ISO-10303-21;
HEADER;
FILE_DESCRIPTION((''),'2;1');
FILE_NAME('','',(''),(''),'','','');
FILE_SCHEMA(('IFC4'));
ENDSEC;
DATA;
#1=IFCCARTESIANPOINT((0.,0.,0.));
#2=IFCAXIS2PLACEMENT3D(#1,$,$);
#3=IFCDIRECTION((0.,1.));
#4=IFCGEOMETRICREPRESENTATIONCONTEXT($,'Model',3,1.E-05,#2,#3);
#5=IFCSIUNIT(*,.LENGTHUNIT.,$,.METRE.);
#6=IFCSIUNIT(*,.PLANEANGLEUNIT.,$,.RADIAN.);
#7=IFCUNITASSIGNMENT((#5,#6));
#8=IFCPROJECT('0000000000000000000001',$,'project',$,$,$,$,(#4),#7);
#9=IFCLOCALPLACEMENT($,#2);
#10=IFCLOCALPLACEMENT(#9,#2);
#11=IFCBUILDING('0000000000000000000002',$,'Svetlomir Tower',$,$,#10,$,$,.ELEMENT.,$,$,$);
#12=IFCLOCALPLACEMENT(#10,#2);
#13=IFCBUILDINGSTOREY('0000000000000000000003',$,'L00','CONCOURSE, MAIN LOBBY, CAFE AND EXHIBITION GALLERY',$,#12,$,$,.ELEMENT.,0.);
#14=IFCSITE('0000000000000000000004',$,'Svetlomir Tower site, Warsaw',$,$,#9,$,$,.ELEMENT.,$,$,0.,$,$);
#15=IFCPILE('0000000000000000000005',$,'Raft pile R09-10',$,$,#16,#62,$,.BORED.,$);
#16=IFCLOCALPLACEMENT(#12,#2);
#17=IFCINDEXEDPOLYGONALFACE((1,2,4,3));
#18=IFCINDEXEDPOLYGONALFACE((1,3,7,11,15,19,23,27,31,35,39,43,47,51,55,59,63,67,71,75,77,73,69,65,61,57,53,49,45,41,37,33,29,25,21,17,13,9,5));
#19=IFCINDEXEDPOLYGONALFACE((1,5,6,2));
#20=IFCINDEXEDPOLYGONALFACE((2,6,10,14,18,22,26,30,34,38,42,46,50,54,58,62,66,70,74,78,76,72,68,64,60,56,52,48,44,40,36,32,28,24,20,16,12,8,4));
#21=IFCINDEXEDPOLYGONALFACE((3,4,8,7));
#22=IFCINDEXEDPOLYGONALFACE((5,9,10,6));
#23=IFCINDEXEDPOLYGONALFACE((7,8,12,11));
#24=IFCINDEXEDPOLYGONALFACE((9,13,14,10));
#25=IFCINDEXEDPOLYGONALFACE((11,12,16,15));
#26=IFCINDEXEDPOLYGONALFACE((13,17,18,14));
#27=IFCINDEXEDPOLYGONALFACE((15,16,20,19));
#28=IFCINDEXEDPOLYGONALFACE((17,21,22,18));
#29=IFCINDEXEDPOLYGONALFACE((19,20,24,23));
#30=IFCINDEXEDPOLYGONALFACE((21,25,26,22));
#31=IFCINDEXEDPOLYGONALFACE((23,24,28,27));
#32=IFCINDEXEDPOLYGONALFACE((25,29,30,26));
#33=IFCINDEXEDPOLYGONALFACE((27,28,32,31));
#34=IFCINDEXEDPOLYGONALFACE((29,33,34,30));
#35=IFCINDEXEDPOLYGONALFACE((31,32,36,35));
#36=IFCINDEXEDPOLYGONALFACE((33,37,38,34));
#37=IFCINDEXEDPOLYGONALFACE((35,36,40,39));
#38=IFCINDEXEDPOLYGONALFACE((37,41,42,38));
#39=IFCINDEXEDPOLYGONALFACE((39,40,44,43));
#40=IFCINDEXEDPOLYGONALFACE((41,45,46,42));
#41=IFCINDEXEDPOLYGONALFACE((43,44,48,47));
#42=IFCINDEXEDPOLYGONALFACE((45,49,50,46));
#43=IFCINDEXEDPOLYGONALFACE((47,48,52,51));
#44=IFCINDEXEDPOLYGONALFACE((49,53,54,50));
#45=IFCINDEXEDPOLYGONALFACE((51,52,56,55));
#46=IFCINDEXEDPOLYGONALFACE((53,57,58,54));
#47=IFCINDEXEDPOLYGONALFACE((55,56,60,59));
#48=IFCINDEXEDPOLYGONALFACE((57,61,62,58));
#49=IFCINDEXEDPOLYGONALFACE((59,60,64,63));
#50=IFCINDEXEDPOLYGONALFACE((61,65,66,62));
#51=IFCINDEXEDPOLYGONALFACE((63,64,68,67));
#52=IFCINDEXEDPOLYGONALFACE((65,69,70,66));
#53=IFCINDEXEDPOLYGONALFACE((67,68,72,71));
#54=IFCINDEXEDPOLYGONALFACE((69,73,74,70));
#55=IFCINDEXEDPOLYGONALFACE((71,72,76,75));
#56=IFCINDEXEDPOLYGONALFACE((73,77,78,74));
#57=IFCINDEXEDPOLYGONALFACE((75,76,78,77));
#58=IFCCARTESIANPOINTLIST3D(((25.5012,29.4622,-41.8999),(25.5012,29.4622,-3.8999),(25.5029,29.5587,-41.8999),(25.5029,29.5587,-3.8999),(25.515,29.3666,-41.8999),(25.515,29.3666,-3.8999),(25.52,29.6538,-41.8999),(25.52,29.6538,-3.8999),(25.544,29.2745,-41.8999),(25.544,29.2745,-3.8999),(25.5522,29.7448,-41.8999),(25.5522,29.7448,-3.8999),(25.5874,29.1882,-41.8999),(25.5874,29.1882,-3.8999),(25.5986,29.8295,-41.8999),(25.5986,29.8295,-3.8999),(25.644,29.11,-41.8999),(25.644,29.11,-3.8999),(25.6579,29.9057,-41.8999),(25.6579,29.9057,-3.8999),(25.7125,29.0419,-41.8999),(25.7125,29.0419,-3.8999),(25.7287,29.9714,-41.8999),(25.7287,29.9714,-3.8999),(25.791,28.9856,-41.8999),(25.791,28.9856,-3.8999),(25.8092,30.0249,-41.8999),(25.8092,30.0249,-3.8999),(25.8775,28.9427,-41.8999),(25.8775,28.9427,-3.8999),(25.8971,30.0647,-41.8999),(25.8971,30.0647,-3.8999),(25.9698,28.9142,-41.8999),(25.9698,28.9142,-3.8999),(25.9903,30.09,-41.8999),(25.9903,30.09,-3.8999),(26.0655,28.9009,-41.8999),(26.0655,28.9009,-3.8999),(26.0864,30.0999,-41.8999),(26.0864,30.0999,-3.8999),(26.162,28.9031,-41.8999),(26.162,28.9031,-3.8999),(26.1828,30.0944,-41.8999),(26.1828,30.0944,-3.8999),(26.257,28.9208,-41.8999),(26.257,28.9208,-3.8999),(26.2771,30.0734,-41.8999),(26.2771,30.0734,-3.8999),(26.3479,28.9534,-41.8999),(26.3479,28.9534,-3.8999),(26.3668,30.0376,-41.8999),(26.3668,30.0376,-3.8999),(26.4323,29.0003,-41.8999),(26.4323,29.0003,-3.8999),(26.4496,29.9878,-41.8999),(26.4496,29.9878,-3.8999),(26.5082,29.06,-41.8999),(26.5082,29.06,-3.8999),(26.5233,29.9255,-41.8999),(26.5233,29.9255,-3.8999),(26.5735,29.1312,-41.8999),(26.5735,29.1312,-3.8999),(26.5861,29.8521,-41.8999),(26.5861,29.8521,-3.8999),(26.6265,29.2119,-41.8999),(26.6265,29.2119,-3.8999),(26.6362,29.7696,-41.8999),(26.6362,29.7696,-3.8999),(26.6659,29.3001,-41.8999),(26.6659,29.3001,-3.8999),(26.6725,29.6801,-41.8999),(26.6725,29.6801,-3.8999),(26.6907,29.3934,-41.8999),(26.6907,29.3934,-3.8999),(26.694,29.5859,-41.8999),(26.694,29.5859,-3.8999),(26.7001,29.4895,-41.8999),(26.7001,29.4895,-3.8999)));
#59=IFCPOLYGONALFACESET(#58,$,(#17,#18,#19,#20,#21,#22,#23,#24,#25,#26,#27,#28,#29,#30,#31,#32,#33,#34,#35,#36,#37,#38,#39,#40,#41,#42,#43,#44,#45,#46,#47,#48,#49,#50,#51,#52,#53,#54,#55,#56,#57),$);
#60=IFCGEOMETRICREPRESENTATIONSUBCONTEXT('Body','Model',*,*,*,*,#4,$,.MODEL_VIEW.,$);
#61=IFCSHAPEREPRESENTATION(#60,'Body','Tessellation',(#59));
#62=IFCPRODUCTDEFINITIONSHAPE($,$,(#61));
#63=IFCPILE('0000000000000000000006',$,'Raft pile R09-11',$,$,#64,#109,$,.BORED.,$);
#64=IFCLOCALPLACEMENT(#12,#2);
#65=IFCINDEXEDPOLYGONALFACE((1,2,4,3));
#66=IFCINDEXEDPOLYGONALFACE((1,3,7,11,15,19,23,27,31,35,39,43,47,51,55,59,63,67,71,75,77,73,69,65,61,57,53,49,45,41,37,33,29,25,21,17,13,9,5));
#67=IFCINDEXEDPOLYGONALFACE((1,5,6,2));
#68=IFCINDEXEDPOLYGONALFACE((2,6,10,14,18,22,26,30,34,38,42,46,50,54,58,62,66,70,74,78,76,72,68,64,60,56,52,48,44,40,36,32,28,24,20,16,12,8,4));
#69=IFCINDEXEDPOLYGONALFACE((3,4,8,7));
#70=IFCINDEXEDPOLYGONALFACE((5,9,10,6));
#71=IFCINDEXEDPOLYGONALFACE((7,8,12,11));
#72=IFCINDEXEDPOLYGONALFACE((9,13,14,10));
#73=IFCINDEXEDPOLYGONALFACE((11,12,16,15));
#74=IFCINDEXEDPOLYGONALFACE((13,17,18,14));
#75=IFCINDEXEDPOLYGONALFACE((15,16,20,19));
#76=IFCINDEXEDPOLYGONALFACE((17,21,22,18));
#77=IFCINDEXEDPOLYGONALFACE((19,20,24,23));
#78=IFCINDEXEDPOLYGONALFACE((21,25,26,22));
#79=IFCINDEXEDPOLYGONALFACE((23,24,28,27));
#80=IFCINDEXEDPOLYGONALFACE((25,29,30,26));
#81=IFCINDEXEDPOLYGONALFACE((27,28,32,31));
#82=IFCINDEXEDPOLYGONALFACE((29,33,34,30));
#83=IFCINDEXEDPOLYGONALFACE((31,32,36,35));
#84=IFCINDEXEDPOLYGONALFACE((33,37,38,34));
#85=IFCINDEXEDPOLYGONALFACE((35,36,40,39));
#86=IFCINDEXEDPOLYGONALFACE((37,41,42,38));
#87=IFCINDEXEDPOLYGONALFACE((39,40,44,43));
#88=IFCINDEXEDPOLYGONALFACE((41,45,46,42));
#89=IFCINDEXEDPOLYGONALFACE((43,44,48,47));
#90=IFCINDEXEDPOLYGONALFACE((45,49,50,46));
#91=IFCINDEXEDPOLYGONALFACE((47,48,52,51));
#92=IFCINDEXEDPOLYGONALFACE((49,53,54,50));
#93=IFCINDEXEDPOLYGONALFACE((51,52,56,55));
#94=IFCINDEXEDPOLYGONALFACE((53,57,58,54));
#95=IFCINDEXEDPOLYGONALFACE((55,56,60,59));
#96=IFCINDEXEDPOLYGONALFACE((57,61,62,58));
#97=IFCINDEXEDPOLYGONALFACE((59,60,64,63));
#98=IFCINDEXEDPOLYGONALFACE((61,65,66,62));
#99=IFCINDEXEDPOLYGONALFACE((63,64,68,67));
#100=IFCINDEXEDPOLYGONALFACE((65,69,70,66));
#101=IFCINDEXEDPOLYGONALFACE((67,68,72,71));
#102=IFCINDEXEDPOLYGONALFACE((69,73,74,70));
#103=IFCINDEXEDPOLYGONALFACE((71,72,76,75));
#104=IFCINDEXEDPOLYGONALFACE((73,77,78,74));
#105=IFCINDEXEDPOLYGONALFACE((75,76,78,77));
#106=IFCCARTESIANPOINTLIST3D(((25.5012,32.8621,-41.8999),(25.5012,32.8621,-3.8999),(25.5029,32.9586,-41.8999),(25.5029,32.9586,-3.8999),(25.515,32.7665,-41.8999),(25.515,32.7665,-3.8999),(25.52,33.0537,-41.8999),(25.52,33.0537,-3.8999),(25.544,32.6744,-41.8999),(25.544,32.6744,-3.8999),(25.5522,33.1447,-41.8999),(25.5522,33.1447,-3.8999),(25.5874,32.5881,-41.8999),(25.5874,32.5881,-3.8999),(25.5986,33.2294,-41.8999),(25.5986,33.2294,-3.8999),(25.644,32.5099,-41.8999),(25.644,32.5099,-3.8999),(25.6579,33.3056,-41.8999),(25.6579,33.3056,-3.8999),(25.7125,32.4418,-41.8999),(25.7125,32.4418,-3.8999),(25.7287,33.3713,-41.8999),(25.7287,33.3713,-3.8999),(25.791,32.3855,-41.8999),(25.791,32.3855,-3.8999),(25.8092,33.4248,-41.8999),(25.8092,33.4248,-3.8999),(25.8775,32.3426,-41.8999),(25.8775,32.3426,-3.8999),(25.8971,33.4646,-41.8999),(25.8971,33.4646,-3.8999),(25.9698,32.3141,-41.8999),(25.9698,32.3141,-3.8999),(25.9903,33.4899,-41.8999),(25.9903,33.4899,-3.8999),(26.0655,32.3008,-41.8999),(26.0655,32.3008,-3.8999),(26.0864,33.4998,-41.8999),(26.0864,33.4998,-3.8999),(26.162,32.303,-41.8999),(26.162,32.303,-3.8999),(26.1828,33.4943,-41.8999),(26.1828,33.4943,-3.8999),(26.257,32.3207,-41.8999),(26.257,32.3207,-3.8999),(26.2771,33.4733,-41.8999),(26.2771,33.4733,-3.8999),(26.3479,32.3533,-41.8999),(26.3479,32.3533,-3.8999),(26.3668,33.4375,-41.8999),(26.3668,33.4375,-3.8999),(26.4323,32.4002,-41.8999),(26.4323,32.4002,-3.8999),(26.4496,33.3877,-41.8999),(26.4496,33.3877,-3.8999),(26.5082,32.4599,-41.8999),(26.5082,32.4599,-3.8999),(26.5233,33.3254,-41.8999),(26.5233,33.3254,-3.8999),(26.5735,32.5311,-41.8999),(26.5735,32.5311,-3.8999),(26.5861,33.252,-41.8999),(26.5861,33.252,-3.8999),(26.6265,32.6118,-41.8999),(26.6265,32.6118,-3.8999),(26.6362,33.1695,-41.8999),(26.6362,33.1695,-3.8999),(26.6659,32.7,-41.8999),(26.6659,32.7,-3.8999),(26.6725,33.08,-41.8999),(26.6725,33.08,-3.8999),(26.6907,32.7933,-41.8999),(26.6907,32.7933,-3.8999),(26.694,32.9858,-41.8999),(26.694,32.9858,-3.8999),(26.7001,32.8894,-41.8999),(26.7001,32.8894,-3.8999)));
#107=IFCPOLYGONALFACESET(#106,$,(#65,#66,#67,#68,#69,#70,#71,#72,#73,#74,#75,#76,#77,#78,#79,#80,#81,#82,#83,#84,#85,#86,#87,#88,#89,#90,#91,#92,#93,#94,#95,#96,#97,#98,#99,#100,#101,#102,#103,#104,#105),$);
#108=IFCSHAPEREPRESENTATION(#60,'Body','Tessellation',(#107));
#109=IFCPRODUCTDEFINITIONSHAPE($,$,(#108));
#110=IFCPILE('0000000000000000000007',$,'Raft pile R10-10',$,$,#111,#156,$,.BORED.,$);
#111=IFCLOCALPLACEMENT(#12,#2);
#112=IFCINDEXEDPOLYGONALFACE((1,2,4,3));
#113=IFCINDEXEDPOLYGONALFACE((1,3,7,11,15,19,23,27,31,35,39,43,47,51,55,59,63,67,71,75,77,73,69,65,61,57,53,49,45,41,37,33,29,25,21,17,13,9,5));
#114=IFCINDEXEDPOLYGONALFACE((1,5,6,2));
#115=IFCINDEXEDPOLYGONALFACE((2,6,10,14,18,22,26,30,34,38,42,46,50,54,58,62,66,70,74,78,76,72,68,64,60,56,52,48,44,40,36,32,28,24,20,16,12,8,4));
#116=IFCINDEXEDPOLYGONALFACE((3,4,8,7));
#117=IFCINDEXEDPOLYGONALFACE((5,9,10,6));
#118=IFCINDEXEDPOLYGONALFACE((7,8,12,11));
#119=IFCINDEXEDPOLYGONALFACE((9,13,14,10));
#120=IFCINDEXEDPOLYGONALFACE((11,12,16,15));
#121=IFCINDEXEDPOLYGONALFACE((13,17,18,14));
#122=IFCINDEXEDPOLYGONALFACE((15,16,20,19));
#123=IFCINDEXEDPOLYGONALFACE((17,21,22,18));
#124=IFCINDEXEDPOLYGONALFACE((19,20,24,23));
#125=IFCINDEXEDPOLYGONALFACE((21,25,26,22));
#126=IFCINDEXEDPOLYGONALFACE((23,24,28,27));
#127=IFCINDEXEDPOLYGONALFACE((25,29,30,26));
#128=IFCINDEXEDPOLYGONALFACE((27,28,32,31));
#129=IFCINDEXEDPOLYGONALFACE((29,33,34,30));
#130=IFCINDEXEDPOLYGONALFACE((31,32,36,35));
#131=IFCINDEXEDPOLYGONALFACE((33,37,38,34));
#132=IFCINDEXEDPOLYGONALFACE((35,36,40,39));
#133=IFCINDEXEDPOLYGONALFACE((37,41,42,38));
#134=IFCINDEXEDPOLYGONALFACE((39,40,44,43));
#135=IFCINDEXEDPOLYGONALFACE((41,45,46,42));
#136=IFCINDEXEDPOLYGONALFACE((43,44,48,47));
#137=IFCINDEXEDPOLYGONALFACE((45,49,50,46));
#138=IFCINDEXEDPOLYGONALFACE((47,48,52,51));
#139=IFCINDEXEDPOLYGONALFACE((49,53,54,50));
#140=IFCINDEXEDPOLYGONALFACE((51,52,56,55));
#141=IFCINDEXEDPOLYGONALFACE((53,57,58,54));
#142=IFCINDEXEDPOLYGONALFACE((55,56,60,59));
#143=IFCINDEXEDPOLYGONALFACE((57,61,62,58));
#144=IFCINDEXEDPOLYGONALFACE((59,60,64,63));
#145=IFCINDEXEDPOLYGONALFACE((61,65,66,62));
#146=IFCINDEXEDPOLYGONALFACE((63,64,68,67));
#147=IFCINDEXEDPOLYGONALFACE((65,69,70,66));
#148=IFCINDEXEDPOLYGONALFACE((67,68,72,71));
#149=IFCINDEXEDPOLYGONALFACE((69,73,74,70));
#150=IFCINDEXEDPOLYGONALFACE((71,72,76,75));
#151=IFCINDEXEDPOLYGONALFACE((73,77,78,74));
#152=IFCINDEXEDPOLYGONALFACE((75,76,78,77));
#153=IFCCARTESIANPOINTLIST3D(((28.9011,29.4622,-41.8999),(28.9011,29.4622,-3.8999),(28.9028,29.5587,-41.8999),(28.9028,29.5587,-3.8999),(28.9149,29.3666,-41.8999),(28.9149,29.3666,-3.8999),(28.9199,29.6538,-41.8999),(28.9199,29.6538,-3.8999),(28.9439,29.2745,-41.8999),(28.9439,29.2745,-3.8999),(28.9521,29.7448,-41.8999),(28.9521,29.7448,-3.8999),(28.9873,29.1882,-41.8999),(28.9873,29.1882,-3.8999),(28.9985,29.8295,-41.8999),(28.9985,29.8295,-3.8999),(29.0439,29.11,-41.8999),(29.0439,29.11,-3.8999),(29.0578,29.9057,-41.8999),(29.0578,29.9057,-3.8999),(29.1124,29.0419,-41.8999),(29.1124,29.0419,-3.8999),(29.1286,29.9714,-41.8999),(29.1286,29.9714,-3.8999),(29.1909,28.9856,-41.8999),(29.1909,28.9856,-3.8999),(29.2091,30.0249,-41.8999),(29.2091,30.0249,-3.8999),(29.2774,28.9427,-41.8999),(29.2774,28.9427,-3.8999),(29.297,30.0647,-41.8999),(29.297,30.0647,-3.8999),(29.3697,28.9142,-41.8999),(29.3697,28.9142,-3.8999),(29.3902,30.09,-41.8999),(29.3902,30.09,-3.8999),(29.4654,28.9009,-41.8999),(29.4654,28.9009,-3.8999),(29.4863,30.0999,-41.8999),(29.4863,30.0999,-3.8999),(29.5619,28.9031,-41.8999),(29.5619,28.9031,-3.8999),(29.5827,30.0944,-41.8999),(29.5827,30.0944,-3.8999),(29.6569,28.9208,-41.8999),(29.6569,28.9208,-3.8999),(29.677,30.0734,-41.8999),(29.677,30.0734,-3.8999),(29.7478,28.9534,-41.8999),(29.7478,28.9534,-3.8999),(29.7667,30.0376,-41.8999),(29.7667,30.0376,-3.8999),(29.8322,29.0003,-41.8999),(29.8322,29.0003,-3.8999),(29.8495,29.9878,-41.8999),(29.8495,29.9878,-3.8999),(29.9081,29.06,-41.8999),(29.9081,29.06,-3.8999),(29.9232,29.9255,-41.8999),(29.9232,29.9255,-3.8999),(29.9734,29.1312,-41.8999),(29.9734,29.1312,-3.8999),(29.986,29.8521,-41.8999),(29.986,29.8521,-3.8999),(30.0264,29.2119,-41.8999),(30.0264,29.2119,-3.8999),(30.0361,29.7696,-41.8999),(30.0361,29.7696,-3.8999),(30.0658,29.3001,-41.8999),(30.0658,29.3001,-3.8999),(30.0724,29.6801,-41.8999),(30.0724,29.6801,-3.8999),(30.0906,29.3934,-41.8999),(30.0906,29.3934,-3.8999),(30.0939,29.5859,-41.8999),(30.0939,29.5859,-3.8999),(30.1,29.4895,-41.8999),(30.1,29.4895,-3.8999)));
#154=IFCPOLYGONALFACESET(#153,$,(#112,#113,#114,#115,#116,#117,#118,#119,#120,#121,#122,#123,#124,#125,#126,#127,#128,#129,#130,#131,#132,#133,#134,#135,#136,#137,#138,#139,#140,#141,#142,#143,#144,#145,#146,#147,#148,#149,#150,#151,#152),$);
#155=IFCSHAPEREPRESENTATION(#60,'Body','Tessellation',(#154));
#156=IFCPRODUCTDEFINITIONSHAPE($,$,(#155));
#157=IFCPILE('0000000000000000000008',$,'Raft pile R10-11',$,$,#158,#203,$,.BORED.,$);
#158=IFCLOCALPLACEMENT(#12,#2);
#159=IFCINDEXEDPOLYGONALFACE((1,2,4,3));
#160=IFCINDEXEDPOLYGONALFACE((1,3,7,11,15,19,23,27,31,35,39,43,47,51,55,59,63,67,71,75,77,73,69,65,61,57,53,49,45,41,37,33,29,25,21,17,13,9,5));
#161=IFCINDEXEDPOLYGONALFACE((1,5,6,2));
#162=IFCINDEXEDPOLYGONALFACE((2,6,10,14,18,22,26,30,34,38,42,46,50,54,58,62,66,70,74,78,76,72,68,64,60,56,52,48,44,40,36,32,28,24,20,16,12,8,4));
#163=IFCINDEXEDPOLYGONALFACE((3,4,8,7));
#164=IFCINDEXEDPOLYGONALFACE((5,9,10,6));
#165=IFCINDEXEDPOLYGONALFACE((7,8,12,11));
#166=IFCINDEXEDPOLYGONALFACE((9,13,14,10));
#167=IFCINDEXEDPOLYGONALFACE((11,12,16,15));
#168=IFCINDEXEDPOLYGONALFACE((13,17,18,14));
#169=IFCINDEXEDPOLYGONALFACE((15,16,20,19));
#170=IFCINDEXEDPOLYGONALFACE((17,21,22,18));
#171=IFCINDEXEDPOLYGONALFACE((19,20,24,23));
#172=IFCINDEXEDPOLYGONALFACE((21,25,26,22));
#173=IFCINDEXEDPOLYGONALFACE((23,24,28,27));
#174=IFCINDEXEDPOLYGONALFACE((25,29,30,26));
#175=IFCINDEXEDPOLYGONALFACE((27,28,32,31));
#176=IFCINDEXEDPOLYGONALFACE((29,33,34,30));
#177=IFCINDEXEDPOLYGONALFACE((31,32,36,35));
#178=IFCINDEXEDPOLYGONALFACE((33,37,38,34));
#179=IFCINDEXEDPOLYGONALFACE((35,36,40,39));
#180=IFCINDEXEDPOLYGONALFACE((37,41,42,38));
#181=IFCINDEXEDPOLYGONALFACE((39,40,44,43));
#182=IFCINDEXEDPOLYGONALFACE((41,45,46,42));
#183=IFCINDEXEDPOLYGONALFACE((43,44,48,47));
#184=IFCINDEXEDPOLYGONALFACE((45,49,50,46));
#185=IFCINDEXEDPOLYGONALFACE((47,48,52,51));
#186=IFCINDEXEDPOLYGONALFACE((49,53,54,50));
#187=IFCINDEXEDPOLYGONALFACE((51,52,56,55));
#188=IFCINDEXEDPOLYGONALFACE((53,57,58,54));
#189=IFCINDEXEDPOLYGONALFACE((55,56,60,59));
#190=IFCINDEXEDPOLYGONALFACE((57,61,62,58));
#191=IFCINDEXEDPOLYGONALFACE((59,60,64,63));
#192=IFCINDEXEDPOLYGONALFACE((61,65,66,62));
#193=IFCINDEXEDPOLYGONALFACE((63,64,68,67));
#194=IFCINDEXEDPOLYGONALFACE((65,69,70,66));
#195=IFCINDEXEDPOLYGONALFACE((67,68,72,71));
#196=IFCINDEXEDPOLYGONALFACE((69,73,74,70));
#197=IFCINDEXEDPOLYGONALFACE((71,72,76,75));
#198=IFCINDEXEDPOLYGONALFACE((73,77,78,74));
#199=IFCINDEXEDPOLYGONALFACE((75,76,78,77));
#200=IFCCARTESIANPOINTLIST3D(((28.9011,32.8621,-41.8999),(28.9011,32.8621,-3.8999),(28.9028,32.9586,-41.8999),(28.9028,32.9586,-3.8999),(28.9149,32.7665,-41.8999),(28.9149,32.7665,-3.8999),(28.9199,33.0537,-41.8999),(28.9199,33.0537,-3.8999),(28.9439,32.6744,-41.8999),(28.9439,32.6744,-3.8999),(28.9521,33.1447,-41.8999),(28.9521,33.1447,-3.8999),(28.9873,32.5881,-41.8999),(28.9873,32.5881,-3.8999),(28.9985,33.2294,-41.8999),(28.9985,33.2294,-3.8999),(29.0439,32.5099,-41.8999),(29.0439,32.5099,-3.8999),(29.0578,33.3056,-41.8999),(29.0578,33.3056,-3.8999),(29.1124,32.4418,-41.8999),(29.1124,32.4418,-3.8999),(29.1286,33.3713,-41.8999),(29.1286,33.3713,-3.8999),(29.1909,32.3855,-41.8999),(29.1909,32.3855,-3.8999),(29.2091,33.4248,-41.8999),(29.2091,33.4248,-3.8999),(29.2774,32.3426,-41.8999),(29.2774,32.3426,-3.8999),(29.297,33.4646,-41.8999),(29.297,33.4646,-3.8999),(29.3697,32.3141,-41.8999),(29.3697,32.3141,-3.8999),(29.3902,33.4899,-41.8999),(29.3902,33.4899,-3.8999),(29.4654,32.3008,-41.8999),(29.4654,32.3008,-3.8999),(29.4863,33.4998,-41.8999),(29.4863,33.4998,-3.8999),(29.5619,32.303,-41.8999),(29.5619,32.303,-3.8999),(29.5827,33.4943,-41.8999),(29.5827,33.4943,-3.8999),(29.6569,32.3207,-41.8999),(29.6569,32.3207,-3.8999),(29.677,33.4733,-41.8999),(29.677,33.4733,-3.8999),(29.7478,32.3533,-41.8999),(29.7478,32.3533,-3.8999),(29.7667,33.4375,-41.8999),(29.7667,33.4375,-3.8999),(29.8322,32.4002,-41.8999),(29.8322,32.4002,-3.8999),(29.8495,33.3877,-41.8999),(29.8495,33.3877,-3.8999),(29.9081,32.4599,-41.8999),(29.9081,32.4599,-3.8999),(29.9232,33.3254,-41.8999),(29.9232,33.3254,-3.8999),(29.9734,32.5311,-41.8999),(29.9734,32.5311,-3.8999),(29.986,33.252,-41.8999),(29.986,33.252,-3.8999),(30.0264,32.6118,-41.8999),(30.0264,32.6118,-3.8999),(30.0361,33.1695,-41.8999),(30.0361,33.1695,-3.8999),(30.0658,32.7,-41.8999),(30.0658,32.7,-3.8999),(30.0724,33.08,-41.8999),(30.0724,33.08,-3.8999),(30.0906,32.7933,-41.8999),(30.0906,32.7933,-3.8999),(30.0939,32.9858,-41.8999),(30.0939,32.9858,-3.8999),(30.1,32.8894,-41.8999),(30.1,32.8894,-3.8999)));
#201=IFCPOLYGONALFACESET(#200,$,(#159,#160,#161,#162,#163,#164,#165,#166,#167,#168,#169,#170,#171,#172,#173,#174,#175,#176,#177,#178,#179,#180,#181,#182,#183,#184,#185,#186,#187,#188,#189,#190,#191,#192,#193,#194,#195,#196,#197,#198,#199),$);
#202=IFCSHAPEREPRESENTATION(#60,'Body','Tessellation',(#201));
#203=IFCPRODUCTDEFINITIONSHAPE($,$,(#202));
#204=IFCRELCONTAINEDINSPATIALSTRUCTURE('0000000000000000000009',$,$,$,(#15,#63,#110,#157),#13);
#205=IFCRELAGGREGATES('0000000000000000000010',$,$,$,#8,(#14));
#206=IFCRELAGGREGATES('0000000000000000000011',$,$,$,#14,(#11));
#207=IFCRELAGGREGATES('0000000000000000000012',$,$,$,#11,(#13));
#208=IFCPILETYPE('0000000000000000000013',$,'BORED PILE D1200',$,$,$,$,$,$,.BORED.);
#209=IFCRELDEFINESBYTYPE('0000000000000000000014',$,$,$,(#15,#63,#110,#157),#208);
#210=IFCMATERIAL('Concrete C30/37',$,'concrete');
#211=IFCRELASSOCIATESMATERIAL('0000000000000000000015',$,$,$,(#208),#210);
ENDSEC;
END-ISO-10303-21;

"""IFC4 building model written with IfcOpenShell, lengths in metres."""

from ifc_helpers import new_model, si_unit, direction, frame, frame_2d, origin, origin_2d, place, context, subcontext, project, spatial, circle, extrude, material, material_profile, profile_set, type_object, element, save


model = new_model("IFC4")

# Units and contexts
model_context = context("Model", 3, precision=1e-05, world=origin(), true_north=direction((0.0, 1.0)))
body_context = subcontext(model_context, "Body", "Model", "MODEL_VIEW")
ifc_project = project(units=[si_unit("LENGTHUNIT", "METRE"), si_unit("PLANEANGLEUNIT", "RADIAN")], contexts=[model_context])

# Site, building, storey
site_placement = place(None, origin())
site = spatial("IfcSite", under=ifc_project, at=site_placement, Name="Svetlomir Tower site, Warsaw", CompositionType="ELEMENT", RefElevation=0.0)
building_placement = place(site_placement, origin())
building = spatial("IfcBuilding", under=site, at=building_placement, Name="Svetlomir Tower", CompositionType="ELEMENT")
storey_placement = place(building_placement, origin())
storey = spatial("IfcBuildingStorey", under=building, at=storey_placement, Name="L00", Description="CONCOURSE, MAIN LOBBY, CAFE AND EXHIBITION GALLERY", CompositionType="ELEMENT", Elevation=0.0)

# Piles
ifc_material_1 = material(Name="Concrete C30/37", Category="concrete")
ifc_material_profile = material_profile(ifc_material_1, circle(Radius=0.6001, at=origin_2d()), Name="D1200")
ifc_profile_set = profile_set([ifc_material_profile], Name="Concrete C30/37")
pile_type = type_object("IfcPileType", Name="BORED PILE D1200", PredefinedType="BORED", material=ifc_profile_set)
for number, where, z_axis, x_axis, name in (
    (1, (26.1001, 29.5, -3.8999), (0.0, 0.0, -1.0), (1.0, 0.0, 0.0), "Raft pile R09-10"),
    (2, (26.1001, 32.8999, -3.8999), (0.0, 0.0, -1.0), (1.0, 0.0, 0.0), "Raft pile R09-11"),
    (3, (29.5, 29.5, -3.8999), (0.0, 0.0, -1.0), (1.0, 0.0, 0.0), "Raft pile R10-10"),
    (4, (29.5, 32.8999, -3.8999), (0.0, 0.0, -1.0), (1.0, 0.0, 0.0), "Raft pile R10-11"),
):
    element("IfcPile", number, at=place(storey_placement, frame(where, z_axis=z_axis, x_axis=x_axis)), inside=storey, type_object=pile_type, Name=name, PredefinedType="BORED", context=body_context, shape_type="SweptSolid", body=[
        extrude(circle(Radius=0.6001, at=frame_2d((0.0, 0.0), x_axis=(0.999848, 0.017452))), origin(), (0.0, 0.0, 1.0), 38.0),
    ])

save(model, "model.ifc")
